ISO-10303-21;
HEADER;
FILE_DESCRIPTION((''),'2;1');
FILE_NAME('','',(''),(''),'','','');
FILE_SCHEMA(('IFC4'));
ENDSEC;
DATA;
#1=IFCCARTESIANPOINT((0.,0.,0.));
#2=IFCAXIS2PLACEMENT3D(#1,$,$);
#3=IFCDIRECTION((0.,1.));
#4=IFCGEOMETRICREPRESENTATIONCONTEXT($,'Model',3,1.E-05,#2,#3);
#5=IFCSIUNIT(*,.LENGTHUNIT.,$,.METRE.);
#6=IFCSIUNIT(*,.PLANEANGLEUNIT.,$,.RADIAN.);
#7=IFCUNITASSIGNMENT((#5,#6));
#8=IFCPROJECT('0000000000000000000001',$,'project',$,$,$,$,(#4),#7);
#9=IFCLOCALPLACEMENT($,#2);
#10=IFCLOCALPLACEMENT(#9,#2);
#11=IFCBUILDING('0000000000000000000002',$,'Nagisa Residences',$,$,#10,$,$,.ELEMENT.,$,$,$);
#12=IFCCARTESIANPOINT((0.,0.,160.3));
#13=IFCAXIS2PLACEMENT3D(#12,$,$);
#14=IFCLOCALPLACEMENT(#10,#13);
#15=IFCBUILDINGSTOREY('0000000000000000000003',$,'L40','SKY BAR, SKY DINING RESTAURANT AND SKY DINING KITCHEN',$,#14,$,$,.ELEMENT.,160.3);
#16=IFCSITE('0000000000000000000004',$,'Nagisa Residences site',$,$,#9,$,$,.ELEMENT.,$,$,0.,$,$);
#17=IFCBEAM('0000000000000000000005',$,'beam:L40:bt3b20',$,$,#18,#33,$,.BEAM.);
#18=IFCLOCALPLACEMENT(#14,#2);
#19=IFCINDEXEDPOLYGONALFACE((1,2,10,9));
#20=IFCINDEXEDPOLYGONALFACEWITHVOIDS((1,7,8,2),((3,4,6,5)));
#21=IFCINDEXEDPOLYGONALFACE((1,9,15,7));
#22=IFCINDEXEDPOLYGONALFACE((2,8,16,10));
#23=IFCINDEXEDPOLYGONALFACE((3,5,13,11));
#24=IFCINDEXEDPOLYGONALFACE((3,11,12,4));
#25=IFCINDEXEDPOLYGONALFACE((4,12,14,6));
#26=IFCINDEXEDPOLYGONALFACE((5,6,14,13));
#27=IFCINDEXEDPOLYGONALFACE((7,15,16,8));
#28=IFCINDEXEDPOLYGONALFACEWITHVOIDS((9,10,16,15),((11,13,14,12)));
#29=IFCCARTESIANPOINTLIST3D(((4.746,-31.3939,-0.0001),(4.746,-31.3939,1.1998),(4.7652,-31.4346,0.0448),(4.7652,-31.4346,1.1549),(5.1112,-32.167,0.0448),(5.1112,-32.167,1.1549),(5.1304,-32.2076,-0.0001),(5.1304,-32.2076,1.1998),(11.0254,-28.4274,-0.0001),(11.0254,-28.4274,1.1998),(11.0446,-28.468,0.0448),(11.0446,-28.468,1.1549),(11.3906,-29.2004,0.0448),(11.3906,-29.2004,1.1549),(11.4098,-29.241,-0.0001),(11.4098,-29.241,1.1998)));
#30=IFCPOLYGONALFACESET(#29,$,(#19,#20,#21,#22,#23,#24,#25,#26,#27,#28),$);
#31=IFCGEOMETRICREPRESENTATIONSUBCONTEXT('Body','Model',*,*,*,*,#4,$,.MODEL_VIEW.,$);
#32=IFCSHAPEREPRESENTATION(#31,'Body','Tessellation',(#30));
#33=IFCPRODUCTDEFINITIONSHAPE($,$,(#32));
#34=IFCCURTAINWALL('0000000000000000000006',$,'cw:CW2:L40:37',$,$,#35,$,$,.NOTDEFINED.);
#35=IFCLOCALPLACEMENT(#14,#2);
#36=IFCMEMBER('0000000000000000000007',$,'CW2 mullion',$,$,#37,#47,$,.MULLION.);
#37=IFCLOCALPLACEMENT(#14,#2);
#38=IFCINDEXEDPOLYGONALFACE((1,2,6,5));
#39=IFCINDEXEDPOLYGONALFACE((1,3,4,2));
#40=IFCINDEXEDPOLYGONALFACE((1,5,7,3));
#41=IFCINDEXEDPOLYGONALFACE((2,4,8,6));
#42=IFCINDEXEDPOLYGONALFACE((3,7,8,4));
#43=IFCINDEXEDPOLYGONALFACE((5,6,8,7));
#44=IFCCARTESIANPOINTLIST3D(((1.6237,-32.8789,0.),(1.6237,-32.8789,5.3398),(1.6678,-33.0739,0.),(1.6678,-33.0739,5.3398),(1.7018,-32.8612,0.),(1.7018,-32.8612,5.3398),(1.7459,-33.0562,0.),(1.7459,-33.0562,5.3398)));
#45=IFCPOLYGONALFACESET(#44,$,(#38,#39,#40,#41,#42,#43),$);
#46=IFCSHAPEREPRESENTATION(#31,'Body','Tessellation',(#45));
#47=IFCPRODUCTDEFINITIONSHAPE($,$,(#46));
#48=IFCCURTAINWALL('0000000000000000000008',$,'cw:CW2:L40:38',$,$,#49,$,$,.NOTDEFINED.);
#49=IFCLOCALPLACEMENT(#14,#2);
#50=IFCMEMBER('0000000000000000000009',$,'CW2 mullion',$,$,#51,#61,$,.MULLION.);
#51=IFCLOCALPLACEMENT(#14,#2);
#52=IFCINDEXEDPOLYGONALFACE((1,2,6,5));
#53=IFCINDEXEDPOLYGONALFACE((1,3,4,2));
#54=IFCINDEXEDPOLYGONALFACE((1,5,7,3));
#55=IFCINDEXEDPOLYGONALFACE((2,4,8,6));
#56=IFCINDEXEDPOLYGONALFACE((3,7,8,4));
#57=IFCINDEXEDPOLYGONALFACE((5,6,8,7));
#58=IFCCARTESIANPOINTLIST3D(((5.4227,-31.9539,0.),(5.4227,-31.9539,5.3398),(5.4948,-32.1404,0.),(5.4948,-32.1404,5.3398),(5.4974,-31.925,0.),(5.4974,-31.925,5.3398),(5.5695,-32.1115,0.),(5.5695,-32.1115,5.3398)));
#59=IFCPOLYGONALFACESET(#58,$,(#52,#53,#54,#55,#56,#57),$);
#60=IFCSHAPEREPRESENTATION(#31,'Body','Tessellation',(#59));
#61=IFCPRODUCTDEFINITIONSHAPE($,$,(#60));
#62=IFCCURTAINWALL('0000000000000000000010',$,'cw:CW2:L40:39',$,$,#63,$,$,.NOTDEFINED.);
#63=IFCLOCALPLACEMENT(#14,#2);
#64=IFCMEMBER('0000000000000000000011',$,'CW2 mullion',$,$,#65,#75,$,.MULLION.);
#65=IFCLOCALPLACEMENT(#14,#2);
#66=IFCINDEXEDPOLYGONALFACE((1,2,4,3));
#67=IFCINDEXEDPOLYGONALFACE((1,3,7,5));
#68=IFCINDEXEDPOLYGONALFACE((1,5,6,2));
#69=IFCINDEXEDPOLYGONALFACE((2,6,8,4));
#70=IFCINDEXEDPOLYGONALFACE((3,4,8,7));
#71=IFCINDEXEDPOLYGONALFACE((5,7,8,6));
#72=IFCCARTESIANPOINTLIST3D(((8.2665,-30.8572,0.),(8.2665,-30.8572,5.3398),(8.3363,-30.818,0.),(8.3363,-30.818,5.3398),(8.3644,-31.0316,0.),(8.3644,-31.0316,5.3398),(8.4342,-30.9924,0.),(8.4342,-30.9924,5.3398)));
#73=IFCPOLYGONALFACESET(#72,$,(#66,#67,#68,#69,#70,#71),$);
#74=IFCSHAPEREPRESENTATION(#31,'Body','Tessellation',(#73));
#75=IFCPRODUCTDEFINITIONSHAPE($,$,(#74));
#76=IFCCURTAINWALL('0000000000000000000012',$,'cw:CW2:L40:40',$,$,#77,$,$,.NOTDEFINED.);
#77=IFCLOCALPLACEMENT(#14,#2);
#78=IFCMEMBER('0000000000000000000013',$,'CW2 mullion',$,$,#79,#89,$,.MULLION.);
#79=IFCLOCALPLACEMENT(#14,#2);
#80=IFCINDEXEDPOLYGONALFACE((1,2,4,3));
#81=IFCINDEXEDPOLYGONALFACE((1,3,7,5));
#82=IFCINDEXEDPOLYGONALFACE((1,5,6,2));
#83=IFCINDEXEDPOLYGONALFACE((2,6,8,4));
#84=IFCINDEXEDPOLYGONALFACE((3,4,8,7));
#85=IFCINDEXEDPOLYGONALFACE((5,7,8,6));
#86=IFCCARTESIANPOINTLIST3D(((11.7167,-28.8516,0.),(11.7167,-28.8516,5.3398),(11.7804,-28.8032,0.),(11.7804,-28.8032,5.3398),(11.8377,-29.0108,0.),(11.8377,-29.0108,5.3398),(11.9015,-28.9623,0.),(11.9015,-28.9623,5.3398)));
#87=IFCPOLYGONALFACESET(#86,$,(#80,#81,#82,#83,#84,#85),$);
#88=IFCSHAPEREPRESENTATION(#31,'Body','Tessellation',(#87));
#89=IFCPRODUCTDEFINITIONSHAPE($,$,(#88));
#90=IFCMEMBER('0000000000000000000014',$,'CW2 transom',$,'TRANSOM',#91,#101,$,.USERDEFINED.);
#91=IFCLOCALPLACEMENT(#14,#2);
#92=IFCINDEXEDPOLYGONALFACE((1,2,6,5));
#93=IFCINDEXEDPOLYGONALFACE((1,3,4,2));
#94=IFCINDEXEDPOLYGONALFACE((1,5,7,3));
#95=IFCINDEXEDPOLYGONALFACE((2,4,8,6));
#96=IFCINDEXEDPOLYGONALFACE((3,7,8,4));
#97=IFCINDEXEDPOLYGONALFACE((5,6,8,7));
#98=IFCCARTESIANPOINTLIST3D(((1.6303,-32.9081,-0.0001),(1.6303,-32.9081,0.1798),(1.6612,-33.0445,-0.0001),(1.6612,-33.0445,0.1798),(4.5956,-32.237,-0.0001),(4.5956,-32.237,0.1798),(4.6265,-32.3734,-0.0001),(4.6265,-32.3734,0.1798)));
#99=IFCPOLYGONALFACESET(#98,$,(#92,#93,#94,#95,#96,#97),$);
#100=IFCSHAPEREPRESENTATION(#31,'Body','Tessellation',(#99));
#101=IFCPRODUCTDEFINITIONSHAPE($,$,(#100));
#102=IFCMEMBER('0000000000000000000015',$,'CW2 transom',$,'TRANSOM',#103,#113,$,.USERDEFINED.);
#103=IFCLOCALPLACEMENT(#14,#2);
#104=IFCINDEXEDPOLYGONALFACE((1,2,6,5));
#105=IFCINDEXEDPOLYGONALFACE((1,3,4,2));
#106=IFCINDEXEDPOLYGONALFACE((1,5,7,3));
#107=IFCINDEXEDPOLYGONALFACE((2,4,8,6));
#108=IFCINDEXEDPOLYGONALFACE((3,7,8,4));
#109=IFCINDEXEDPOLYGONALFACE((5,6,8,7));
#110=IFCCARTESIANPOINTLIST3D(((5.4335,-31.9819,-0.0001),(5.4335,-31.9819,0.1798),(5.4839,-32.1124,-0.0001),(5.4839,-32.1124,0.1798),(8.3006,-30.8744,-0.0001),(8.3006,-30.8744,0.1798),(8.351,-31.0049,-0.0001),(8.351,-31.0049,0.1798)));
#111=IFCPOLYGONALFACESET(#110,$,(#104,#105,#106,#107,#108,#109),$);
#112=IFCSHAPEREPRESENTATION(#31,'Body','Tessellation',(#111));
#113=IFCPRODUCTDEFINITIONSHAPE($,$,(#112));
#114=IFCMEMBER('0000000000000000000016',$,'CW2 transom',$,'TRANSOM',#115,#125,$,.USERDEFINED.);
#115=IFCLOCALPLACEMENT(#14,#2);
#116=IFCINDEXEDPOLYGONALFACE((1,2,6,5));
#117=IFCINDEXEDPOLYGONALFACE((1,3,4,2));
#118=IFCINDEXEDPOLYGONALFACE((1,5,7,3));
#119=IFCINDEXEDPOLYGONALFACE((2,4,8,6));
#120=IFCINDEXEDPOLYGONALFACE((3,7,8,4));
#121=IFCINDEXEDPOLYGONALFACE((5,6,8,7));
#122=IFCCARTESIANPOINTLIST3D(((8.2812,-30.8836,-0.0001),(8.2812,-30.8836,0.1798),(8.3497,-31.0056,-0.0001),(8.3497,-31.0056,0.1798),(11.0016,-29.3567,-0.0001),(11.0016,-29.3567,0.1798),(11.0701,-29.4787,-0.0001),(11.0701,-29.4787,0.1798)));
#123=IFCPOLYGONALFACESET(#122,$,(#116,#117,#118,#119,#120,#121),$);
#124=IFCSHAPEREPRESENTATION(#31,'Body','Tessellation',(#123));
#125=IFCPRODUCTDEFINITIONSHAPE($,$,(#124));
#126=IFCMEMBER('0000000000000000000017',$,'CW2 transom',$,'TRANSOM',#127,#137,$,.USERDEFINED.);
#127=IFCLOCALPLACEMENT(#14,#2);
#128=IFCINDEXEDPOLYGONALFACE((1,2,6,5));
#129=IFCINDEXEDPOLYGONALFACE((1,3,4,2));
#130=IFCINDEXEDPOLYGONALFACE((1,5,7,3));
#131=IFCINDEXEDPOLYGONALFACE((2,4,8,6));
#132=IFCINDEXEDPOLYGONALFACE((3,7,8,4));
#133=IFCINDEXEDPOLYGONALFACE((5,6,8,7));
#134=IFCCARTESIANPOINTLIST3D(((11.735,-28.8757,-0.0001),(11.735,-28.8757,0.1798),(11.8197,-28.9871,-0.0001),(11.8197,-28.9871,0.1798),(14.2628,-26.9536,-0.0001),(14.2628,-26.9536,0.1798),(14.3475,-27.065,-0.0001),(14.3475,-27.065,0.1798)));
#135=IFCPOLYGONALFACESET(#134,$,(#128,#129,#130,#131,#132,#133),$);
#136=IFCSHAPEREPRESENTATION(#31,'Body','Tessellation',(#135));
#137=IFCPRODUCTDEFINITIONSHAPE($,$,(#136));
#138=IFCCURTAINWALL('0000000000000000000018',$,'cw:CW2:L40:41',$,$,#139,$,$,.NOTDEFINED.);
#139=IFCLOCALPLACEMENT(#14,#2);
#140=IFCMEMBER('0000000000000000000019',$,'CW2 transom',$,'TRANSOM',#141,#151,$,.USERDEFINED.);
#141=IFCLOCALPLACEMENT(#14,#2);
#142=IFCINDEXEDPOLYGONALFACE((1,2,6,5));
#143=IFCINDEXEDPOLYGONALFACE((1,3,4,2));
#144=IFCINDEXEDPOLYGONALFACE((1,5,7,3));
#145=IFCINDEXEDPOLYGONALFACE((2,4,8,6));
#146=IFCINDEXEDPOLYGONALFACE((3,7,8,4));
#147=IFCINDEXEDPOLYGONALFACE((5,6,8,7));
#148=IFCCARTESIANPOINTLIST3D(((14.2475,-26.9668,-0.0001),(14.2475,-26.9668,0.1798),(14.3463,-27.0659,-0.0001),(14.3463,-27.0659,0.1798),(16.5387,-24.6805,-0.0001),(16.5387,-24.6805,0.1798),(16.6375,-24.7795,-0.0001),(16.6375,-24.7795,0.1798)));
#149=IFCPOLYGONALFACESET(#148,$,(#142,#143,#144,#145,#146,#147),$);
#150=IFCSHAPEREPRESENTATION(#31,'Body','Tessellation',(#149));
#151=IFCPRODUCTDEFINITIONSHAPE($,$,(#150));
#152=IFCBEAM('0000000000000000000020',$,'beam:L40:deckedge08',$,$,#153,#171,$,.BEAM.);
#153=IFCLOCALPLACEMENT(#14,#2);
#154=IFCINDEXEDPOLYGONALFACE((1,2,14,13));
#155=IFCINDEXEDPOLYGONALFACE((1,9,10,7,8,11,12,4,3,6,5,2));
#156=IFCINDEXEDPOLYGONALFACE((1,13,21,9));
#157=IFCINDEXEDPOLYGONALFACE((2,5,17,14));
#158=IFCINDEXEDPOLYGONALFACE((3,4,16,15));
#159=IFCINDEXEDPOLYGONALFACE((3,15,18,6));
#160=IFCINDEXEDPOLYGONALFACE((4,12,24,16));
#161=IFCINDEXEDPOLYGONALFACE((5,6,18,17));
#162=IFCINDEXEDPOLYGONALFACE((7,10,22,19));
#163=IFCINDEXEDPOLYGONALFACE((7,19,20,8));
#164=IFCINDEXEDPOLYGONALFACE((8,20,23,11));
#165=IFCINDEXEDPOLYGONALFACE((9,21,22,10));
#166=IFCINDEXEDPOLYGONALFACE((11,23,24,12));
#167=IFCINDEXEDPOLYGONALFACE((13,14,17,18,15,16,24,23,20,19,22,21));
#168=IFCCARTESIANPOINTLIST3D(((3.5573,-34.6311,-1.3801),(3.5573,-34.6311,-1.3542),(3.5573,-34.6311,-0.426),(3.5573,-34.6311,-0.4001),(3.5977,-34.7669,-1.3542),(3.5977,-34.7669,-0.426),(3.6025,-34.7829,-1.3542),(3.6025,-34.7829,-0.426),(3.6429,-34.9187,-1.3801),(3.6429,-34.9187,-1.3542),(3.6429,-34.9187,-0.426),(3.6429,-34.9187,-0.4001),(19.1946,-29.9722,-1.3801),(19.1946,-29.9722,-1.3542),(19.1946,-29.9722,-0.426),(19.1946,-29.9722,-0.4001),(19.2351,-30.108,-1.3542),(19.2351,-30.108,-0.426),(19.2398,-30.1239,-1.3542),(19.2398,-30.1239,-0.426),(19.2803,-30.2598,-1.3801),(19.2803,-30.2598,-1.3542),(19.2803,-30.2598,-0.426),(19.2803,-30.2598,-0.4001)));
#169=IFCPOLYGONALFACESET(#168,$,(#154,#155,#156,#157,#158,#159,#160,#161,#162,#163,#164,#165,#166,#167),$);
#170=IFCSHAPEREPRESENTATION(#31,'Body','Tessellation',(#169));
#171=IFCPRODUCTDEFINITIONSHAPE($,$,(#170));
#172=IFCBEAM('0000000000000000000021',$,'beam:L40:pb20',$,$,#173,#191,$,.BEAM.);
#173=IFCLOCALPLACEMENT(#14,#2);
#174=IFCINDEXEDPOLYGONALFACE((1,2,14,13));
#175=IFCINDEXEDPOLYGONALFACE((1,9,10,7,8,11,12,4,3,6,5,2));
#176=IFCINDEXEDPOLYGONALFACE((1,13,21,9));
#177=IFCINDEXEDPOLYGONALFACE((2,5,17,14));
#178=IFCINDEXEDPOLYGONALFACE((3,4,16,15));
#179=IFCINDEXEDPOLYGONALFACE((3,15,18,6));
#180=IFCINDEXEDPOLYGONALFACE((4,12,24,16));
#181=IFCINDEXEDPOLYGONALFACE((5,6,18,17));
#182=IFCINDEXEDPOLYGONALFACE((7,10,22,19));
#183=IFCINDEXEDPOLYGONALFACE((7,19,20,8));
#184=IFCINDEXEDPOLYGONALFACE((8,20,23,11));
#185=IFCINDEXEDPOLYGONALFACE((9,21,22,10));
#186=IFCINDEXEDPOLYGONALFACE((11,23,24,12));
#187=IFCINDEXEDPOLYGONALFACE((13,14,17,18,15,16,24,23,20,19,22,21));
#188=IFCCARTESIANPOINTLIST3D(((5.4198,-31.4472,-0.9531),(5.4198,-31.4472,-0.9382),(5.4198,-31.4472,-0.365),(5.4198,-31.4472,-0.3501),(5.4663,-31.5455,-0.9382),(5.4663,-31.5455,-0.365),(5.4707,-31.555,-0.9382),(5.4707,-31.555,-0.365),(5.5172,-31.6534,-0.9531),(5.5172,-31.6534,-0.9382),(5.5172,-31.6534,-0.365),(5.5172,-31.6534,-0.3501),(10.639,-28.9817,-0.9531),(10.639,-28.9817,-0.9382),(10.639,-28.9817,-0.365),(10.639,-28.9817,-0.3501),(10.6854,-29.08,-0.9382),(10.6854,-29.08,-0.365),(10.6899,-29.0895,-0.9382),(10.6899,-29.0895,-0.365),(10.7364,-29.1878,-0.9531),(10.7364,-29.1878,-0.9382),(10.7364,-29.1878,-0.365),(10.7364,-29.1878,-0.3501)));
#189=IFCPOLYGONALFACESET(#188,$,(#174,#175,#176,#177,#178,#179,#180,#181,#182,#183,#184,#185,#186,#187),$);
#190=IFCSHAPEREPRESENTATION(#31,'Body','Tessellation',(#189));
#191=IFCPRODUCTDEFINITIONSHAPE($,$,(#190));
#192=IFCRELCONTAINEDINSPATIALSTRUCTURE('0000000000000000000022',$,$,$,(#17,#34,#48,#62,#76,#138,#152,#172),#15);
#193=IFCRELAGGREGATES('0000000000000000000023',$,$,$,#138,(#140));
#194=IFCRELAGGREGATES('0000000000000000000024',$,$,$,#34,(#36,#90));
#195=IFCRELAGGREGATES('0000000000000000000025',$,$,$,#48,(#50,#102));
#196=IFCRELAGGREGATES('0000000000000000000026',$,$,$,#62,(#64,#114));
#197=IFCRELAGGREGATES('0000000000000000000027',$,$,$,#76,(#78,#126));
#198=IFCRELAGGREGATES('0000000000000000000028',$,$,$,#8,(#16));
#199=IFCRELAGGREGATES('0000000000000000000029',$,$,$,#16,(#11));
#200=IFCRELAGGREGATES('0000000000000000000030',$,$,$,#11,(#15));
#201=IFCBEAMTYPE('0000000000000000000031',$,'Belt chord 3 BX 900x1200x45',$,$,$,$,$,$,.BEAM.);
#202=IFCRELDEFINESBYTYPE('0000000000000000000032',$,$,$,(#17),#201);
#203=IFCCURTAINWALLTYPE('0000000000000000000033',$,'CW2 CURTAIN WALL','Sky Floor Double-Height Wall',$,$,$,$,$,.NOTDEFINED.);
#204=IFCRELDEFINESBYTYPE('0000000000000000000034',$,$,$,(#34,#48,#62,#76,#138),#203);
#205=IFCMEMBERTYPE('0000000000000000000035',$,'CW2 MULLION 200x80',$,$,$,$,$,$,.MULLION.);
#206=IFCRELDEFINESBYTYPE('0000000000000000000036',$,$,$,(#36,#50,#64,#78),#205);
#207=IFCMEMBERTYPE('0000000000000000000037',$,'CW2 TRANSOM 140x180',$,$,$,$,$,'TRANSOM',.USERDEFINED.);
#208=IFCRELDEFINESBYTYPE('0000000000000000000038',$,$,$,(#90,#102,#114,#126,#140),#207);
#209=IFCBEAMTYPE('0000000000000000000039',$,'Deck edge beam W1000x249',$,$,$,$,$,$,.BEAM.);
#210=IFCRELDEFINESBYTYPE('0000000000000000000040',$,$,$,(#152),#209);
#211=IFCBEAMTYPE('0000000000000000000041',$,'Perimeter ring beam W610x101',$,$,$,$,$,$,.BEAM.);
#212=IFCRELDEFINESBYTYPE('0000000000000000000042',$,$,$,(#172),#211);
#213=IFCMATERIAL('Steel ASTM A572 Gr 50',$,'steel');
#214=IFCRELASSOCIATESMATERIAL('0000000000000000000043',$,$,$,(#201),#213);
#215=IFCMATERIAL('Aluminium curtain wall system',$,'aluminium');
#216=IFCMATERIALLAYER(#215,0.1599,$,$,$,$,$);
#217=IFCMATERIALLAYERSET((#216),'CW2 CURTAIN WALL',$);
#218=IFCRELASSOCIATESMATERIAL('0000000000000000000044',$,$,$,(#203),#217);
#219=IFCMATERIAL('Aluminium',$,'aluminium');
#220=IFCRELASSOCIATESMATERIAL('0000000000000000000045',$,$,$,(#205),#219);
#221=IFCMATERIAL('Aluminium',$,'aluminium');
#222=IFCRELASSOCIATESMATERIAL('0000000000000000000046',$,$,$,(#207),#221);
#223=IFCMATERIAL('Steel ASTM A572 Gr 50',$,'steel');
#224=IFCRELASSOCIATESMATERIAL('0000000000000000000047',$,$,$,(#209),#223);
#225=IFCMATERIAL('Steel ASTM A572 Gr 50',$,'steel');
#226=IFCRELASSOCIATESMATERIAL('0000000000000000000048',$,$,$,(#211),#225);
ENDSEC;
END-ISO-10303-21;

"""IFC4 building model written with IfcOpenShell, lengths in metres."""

from ifc_helpers import new_model, si_unit, direction, frame, origin, origin_2d, place, context, subcontext, project, spatial, rectangle, hollow_rectangle, i_section, extrude, material, layer, layer_set, material_profile, profile_set, type_object, element, aggregate, save


model = new_model("IFC4")

# Units and contexts
model_context = context("Model", 3, precision=1e-05, world=origin(), true_north=direction((0.0, 1.0)))
body_context = subcontext(model_context, "Body", "Model", "MODEL_VIEW")
ifc_project = project(units=[si_unit("LENGTHUNIT", "METRE"), si_unit("PLANEANGLEUNIT", "RADIAN")], contexts=[model_context])

# Site, building, storey
site_placement = place(None, origin())
site = spatial("IfcSite", under=ifc_project, at=site_placement, Name="Nagisa Residences site", CompositionType="ELEMENT", RefElevation=0.0)
building_placement = place(site_placement, origin())
building = spatial("IfcBuilding", under=site, at=building_placement, Name="Nagisa Residences", CompositionType="ELEMENT")
storey_placement = place(building_placement, frame((0.0, 0.0, 160.3)))
storey = spatial("IfcBuildingStorey", under=building, at=storey_placement, Name="L40", Description="SKY BAR, SKY DINING RESTAURANT AND SKY DINING KITCHEN", CompositionType="ELEMENT", Elevation=160.3)

# Beam
ifc_material_1 = material(Name="Steel ASTM A572 Gr 50", Category="steel")
ifc_material_profile_1 = material_profile(ifc_material_1, hollow_rectangle(XDim=0.8999, YDim=1.2, WallThickness=0.0449, at=origin_2d()), Name="BX 900x1200x45")
ifc_profile_set_1 = profile_set([ifc_material_profile_1], Name="Steel ASTM A572 Gr 50")
beam_type_1 = type_object("IfcBeamType", Name="Belt chord 3 BX 900x1200x45", PredefinedType="BEAM", material=ifc_profile_set_1)
beam_1_placement = place(storey_placement, frame((4.9382, -31.8008, 0.5999), z_axis=(0.904175, 0.427163, 0.0), x_axis=(-0.427163, 0.904175, 0.0)))
element("IfcBeam", 1, at=beam_1_placement, inside=storey, type_object=beam_type_1, Name="beam:L40:bt3b20", PredefinedType="BEAM", context=body_context, shape_type="SweptSolid", body=[
    extrude(hollow_rectangle(XDim=0.8999, YDim=1.2, WallThickness=0.0449, at=origin_2d()), origin(), (0.0, 0.0, 1.0), 6.9448),
])

# Curtain walls, members
ifc_material_2 = material(Name="Aluminium curtain wall system", Category="aluminium")
ifc_layer_1 = layer(ifc_material_2, 0.1599)
ifc_layer_set_1 = layer_set([ifc_layer_1], Name="CW2 CURTAIN WALL")
curtain_wall_type = type_object("IfcCurtainWallType", Name="CW2 CURTAIN WALL", Description="Sky Floor Double-Height Wall", PredefinedType="NOTDEFINED", material=ifc_layer_set_1)
curtain_wall_1_placement = place(storey_placement, origin())
curtain_wall_1 = element("IfcCurtainWall", 2, at=curtain_wall_1_placement, inside=storey, type_object=curtain_wall_type, Name="cw:CW2:L40:37", PredefinedType="NOTDEFINED")
ifc_material_3 = material(Name="Aluminium", Category="aluminium")
ifc_material_profile_2 = material_profile(ifc_material_3, rectangle(XDim=0.2, YDim=0.0801, at=origin_2d()), Name="CW2 MULLION 200x80")
ifc_profile_set_2 = profile_set([ifc_material_profile_2], Name="Aluminium")
member_type_1 = type_object("IfcMemberType", Name="CW2 MULLION 200x80", PredefinedType="MULLION", material=ifc_profile_set_2)
member_1_placement = place(storey_placement, frame((1.6848, -32.9675, 0.0), z_axis=(0.0, 0.0, 1.0), x_axis=(-0.220764, 0.975327, 0.0)))
member_1 = element("IfcMember", 3, at=member_1_placement, type_object=member_type_1, Name="CW2 mullion", PredefinedType="MULLION", context=body_context, shape_type="SweptSolid", body=[
    extrude(rectangle(XDim=0.2, YDim=0.0801, at=origin_2d()), origin(), (0.0, 0.0, 1.0), 5.3398),
])
curtain_wall_2_placement = place(storey_placement, origin())
curtain_wall_2 = element("IfcCurtainWall", 4, at=curtain_wall_2_placement, inside=storey, type_object=curtain_wall_type, Name="cw:CW2:L40:38", PredefinedType="NOTDEFINED")
member_2_placement = place(storey_placement, frame((5.4961, -32.0327, 0.0), z_axis=(0.0, 0.0, 1.0), x_axis=(-0.360328, 0.932826, 0.0)))
member_2 = element("IfcMember", 5, at=member_2_placement, type_object=member_type_1, Name="CW2 mullion", PredefinedType="MULLION", context=body_context, shape_type="SweptSolid", body=[
    extrude(rectangle(XDim=0.2, YDim=0.0801, at=origin_2d()), origin(), (0.0, 0.0, 1.0), 5.3398),
])
curtain_wall_3_placement = place(storey_placement, origin())
curtain_wall_3 = element("IfcCurtainWall", 6, at=curtain_wall_3_placement, inside=storey, type_object=curtain_wall_type, Name="cw:CW2:L40:39", PredefinedType="NOTDEFINED")
member_3_placement = place(storey_placement, frame((8.3503, -30.9248, 0.0), z_axis=(0.0, 0.0, 1.0), x_axis=(-0.489377, 0.872072, 0.0)))
member_3 = element("IfcMember", 7, at=member_3_placement, type_object=member_type_1, Name="CW2 mullion", PredefinedType="MULLION", context=body_context, shape_type="SweptSolid", body=[
    extrude(rectangle(XDim=0.2, YDim=0.0801, at=origin_2d()), origin(), (0.0, 0.0, 1.0), 5.3398),
])
curtain_wall_4_placement = place(storey_placement, origin())
curtain_wall_4 = element("IfcCurtainWall", 8, at=curtain_wall_4_placement, inside=storey, type_object=curtain_wall_type, Name="cw:CW2:L40:40", PredefinedType="NOTDEFINED")
member_4_placement = place(storey_placement, frame((11.8091, -28.907, 0.0), z_axis=(0.0, 0.0, 1.0), x_axis=(-0.605255, 0.796031, 0.0)))
member_4 = element("IfcMember", 9, at=member_4_placement, type_object=member_type_1, Name="CW2 mullion", PredefinedType="MULLION", context=body_context, shape_type="SweptSolid", body=[
    extrude(rectangle(XDim=0.2, YDim=0.0801, at=origin_2d()), origin(), (0.0, 0.0, 1.0), 5.3398),
])

# Members
ifc_material_4 = material(Name="Aluminium", Category="aluminium")
ifc_material_profile_3 = material_profile(ifc_material_4, rectangle(XDim=0.1399, YDim=0.1799, at=origin_2d()), Name="CW2 TRANSOM 140x180")
ifc_profile_set_3 = profile_set([ifc_material_profile_3], Name="Aluminium")
member_type_2 = type_object("IfcMemberType", Name="CW2 TRANSOM 140x180", ElementType="TRANSOM", PredefinedType="USERDEFINED", material=ifc_profile_set_3)
member_5_placement = place(storey_placement, frame((1.6458, -32.9763, 0.0898), z_axis=(0.975331, 0.220746, 0.0), x_axis=(-0.220746, 0.975331, 0.0)))
member_5 = element("IfcMember", 10, at=member_5_placement, type_object=member_type_2, Name="CW2 transom", ObjectType="TRANSOM", PredefinedType="USERDEFINED", context=body_context, shape_type="SweptSolid", body=[
    extrude(rectangle(XDim=0.1399, YDim=0.1799, at=origin_2d()), origin(), (0.0, 0.0, 1.0), 3.0403),
])
member_6_placement = place(storey_placement, frame((5.4587, -32.0471, 0.0898), z_axis=(0.932827, 0.360325, 0.0), x_axis=(-0.360325, 0.932827, 0.0)))
member_6 = element("IfcMember", 11, at=member_6_placement, type_object=member_type_2, Name="CW2 transom", ObjectType="TRANSOM", PredefinedType="USERDEFINED", context=body_context, shape_type="SweptSolid", body=[
    extrude(rectangle(XDim=0.1399, YDim=0.1799, at=origin_2d()), origin(), (0.0, 0.0, 1.0), 3.0735),
])
member_7_placement = place(storey_placement, frame((8.3154, -30.9446, 0.0898), z_axis=(0.872041, 0.489432, 0.0), x_axis=(-0.489432, 0.872041, 0.0)))
member_7 = element("IfcMember", 12, at=member_7_placement, type_object=member_type_2, Name="CW2 transom", ObjectType="TRANSOM", PredefinedType="USERDEFINED", context=body_context, shape_type="SweptSolid", body=[
    extrude(rectangle(XDim=0.1399, YDim=0.1799, at=origin_2d()), origin(), (0.0, 0.0, 1.0), 3.1196),
])
member_8_placement = place(storey_placement, frame((11.7773, -28.9314, 0.0898), z_axis=(0.796016, 0.605276, 0.0), x_axis=(-0.605276, 0.796016, 0.0)))
member_8 = element("IfcMember", 13, at=member_8_placement, type_object=member_type_2, Name="CW2 transom", ObjectType="TRANSOM", PredefinedType="USERDEFINED", context=body_context, shape_type="SweptSolid", body=[
    extrude(rectangle(XDim=0.1399, YDim=0.1799, at=origin_2d()), origin(), (0.0, 0.0, 1.0), 3.1755),
])

# Curtain wall, member
curtain_wall_5_placement = place(storey_placement, origin())
curtain_wall_5 = element("IfcCurtainWall", 14, at=curtain_wall_5_placement, inside=storey, type_object=curtain_wall_type, Name="cw:CW2:L40:41", PredefinedType="NOTDEFINED")
member_9_placement = place(storey_placement, frame((14.2969, -27.0164, 0.0898), z_axis=(0.707861, 0.706352, 0.0), x_axis=(-0.706352, 0.707861, 0.0)))
member_9 = element("IfcMember", 15, at=member_9_placement, type_object=member_type_2, Name="CW2 transom", ObjectType="TRANSOM", PredefinedType="USERDEFINED", context=body_context, shape_type="SweptSolid", body=[
    extrude(rectangle(XDim=0.1399, YDim=0.1799, at=origin_2d()), origin(), (0.0, 0.0, 1.0), 3.2368),
])
aggregate(curtain_wall_5, [member_9])

# Beams
ifc_material_5 = material(Name="Steel ASTM A572 Gr 50", Category="steel")
ifc_material_profile_4 = material_profile(ifc_material_5, i_section(OverallWidth=0.3, OverallDepth=0.98, WebThickness=0.0166, FlangeThickness=0.0259, at=origin_2d()), Name="W1000x249")
ifc_profile_set_4 = profile_set([ifc_material_profile_4], Name="Steel ASTM A572 Gr 50")
beam_type_2 = type_object("IfcBeamType", Name="Deck edge beam W1000x249", PredefinedType="BEAM", material=ifc_profile_set_4)
beam_2_placement = place(storey_placement, frame((3.6001, -34.7749, -0.8901), z_axis=(0.958369, 0.285531, 0.0), x_axis=(-0.285531, 0.958369, 0.0)))
element("IfcBeam", 16, at=beam_2_placement, inside=storey, type_object=beam_type_2, Name="beam:L40:deckedge08", PredefinedType="BEAM", context=body_context, shape_type="SweptSolid", body=[
    extrude(i_section(OverallWidth=0.3, OverallDepth=0.98, WebThickness=0.0166, FlangeThickness=0.0259, at=origin_2d()), origin(), (0.0, 0.0, 1.0), 16.3167),
])
ifc_material_6 = material(Name="Steel ASTM A572 Gr 50", Category="steel")
ifc_material_profile_5 = material_profile(ifc_material_6, i_section(OverallWidth=0.228, OverallDepth=0.603, WebThickness=0.0105, FlangeThickness=0.0149, at=origin_2d()), Name="W610x101")
ifc_profile_set_5 = profile_set([ifc_material_profile_5], Name="Steel ASTM A572 Gr 50")
beam_type_3 = type_object("IfcBeamType", Name="Perimeter ring beam W610x101", PredefinedType="BEAM", material=ifc_profile_set_5)
beam_3_placement = place(storey_placement, frame((5.4685, -31.5503, -0.6516), z_axis=(0.904186, 0.427139, 0.0), x_axis=(-0.427139, 0.904186, 0.0)))
element("IfcBeam", 17, at=beam_3_placement, inside=storey, type_object=beam_type_3, Name="beam:L40:pb20", PredefinedType="BEAM", context=body_context, shape_type="SweptSolid", body=[
    extrude(i_section(OverallWidth=0.228, OverallDepth=0.603, WebThickness=0.0105, FlangeThickness=0.0149, at=origin_2d()), origin(), (0.0, 0.0, 1.0), 5.7722),
])

aggregate(curtain_wall_1, [member_1, member_5])
aggregate(curtain_wall_2, [member_2, member_6])
aggregate(curtain_wall_3, [member_3, member_7])
aggregate(curtain_wall_4, [member_4, member_8])

save(model, "model.ifc")
